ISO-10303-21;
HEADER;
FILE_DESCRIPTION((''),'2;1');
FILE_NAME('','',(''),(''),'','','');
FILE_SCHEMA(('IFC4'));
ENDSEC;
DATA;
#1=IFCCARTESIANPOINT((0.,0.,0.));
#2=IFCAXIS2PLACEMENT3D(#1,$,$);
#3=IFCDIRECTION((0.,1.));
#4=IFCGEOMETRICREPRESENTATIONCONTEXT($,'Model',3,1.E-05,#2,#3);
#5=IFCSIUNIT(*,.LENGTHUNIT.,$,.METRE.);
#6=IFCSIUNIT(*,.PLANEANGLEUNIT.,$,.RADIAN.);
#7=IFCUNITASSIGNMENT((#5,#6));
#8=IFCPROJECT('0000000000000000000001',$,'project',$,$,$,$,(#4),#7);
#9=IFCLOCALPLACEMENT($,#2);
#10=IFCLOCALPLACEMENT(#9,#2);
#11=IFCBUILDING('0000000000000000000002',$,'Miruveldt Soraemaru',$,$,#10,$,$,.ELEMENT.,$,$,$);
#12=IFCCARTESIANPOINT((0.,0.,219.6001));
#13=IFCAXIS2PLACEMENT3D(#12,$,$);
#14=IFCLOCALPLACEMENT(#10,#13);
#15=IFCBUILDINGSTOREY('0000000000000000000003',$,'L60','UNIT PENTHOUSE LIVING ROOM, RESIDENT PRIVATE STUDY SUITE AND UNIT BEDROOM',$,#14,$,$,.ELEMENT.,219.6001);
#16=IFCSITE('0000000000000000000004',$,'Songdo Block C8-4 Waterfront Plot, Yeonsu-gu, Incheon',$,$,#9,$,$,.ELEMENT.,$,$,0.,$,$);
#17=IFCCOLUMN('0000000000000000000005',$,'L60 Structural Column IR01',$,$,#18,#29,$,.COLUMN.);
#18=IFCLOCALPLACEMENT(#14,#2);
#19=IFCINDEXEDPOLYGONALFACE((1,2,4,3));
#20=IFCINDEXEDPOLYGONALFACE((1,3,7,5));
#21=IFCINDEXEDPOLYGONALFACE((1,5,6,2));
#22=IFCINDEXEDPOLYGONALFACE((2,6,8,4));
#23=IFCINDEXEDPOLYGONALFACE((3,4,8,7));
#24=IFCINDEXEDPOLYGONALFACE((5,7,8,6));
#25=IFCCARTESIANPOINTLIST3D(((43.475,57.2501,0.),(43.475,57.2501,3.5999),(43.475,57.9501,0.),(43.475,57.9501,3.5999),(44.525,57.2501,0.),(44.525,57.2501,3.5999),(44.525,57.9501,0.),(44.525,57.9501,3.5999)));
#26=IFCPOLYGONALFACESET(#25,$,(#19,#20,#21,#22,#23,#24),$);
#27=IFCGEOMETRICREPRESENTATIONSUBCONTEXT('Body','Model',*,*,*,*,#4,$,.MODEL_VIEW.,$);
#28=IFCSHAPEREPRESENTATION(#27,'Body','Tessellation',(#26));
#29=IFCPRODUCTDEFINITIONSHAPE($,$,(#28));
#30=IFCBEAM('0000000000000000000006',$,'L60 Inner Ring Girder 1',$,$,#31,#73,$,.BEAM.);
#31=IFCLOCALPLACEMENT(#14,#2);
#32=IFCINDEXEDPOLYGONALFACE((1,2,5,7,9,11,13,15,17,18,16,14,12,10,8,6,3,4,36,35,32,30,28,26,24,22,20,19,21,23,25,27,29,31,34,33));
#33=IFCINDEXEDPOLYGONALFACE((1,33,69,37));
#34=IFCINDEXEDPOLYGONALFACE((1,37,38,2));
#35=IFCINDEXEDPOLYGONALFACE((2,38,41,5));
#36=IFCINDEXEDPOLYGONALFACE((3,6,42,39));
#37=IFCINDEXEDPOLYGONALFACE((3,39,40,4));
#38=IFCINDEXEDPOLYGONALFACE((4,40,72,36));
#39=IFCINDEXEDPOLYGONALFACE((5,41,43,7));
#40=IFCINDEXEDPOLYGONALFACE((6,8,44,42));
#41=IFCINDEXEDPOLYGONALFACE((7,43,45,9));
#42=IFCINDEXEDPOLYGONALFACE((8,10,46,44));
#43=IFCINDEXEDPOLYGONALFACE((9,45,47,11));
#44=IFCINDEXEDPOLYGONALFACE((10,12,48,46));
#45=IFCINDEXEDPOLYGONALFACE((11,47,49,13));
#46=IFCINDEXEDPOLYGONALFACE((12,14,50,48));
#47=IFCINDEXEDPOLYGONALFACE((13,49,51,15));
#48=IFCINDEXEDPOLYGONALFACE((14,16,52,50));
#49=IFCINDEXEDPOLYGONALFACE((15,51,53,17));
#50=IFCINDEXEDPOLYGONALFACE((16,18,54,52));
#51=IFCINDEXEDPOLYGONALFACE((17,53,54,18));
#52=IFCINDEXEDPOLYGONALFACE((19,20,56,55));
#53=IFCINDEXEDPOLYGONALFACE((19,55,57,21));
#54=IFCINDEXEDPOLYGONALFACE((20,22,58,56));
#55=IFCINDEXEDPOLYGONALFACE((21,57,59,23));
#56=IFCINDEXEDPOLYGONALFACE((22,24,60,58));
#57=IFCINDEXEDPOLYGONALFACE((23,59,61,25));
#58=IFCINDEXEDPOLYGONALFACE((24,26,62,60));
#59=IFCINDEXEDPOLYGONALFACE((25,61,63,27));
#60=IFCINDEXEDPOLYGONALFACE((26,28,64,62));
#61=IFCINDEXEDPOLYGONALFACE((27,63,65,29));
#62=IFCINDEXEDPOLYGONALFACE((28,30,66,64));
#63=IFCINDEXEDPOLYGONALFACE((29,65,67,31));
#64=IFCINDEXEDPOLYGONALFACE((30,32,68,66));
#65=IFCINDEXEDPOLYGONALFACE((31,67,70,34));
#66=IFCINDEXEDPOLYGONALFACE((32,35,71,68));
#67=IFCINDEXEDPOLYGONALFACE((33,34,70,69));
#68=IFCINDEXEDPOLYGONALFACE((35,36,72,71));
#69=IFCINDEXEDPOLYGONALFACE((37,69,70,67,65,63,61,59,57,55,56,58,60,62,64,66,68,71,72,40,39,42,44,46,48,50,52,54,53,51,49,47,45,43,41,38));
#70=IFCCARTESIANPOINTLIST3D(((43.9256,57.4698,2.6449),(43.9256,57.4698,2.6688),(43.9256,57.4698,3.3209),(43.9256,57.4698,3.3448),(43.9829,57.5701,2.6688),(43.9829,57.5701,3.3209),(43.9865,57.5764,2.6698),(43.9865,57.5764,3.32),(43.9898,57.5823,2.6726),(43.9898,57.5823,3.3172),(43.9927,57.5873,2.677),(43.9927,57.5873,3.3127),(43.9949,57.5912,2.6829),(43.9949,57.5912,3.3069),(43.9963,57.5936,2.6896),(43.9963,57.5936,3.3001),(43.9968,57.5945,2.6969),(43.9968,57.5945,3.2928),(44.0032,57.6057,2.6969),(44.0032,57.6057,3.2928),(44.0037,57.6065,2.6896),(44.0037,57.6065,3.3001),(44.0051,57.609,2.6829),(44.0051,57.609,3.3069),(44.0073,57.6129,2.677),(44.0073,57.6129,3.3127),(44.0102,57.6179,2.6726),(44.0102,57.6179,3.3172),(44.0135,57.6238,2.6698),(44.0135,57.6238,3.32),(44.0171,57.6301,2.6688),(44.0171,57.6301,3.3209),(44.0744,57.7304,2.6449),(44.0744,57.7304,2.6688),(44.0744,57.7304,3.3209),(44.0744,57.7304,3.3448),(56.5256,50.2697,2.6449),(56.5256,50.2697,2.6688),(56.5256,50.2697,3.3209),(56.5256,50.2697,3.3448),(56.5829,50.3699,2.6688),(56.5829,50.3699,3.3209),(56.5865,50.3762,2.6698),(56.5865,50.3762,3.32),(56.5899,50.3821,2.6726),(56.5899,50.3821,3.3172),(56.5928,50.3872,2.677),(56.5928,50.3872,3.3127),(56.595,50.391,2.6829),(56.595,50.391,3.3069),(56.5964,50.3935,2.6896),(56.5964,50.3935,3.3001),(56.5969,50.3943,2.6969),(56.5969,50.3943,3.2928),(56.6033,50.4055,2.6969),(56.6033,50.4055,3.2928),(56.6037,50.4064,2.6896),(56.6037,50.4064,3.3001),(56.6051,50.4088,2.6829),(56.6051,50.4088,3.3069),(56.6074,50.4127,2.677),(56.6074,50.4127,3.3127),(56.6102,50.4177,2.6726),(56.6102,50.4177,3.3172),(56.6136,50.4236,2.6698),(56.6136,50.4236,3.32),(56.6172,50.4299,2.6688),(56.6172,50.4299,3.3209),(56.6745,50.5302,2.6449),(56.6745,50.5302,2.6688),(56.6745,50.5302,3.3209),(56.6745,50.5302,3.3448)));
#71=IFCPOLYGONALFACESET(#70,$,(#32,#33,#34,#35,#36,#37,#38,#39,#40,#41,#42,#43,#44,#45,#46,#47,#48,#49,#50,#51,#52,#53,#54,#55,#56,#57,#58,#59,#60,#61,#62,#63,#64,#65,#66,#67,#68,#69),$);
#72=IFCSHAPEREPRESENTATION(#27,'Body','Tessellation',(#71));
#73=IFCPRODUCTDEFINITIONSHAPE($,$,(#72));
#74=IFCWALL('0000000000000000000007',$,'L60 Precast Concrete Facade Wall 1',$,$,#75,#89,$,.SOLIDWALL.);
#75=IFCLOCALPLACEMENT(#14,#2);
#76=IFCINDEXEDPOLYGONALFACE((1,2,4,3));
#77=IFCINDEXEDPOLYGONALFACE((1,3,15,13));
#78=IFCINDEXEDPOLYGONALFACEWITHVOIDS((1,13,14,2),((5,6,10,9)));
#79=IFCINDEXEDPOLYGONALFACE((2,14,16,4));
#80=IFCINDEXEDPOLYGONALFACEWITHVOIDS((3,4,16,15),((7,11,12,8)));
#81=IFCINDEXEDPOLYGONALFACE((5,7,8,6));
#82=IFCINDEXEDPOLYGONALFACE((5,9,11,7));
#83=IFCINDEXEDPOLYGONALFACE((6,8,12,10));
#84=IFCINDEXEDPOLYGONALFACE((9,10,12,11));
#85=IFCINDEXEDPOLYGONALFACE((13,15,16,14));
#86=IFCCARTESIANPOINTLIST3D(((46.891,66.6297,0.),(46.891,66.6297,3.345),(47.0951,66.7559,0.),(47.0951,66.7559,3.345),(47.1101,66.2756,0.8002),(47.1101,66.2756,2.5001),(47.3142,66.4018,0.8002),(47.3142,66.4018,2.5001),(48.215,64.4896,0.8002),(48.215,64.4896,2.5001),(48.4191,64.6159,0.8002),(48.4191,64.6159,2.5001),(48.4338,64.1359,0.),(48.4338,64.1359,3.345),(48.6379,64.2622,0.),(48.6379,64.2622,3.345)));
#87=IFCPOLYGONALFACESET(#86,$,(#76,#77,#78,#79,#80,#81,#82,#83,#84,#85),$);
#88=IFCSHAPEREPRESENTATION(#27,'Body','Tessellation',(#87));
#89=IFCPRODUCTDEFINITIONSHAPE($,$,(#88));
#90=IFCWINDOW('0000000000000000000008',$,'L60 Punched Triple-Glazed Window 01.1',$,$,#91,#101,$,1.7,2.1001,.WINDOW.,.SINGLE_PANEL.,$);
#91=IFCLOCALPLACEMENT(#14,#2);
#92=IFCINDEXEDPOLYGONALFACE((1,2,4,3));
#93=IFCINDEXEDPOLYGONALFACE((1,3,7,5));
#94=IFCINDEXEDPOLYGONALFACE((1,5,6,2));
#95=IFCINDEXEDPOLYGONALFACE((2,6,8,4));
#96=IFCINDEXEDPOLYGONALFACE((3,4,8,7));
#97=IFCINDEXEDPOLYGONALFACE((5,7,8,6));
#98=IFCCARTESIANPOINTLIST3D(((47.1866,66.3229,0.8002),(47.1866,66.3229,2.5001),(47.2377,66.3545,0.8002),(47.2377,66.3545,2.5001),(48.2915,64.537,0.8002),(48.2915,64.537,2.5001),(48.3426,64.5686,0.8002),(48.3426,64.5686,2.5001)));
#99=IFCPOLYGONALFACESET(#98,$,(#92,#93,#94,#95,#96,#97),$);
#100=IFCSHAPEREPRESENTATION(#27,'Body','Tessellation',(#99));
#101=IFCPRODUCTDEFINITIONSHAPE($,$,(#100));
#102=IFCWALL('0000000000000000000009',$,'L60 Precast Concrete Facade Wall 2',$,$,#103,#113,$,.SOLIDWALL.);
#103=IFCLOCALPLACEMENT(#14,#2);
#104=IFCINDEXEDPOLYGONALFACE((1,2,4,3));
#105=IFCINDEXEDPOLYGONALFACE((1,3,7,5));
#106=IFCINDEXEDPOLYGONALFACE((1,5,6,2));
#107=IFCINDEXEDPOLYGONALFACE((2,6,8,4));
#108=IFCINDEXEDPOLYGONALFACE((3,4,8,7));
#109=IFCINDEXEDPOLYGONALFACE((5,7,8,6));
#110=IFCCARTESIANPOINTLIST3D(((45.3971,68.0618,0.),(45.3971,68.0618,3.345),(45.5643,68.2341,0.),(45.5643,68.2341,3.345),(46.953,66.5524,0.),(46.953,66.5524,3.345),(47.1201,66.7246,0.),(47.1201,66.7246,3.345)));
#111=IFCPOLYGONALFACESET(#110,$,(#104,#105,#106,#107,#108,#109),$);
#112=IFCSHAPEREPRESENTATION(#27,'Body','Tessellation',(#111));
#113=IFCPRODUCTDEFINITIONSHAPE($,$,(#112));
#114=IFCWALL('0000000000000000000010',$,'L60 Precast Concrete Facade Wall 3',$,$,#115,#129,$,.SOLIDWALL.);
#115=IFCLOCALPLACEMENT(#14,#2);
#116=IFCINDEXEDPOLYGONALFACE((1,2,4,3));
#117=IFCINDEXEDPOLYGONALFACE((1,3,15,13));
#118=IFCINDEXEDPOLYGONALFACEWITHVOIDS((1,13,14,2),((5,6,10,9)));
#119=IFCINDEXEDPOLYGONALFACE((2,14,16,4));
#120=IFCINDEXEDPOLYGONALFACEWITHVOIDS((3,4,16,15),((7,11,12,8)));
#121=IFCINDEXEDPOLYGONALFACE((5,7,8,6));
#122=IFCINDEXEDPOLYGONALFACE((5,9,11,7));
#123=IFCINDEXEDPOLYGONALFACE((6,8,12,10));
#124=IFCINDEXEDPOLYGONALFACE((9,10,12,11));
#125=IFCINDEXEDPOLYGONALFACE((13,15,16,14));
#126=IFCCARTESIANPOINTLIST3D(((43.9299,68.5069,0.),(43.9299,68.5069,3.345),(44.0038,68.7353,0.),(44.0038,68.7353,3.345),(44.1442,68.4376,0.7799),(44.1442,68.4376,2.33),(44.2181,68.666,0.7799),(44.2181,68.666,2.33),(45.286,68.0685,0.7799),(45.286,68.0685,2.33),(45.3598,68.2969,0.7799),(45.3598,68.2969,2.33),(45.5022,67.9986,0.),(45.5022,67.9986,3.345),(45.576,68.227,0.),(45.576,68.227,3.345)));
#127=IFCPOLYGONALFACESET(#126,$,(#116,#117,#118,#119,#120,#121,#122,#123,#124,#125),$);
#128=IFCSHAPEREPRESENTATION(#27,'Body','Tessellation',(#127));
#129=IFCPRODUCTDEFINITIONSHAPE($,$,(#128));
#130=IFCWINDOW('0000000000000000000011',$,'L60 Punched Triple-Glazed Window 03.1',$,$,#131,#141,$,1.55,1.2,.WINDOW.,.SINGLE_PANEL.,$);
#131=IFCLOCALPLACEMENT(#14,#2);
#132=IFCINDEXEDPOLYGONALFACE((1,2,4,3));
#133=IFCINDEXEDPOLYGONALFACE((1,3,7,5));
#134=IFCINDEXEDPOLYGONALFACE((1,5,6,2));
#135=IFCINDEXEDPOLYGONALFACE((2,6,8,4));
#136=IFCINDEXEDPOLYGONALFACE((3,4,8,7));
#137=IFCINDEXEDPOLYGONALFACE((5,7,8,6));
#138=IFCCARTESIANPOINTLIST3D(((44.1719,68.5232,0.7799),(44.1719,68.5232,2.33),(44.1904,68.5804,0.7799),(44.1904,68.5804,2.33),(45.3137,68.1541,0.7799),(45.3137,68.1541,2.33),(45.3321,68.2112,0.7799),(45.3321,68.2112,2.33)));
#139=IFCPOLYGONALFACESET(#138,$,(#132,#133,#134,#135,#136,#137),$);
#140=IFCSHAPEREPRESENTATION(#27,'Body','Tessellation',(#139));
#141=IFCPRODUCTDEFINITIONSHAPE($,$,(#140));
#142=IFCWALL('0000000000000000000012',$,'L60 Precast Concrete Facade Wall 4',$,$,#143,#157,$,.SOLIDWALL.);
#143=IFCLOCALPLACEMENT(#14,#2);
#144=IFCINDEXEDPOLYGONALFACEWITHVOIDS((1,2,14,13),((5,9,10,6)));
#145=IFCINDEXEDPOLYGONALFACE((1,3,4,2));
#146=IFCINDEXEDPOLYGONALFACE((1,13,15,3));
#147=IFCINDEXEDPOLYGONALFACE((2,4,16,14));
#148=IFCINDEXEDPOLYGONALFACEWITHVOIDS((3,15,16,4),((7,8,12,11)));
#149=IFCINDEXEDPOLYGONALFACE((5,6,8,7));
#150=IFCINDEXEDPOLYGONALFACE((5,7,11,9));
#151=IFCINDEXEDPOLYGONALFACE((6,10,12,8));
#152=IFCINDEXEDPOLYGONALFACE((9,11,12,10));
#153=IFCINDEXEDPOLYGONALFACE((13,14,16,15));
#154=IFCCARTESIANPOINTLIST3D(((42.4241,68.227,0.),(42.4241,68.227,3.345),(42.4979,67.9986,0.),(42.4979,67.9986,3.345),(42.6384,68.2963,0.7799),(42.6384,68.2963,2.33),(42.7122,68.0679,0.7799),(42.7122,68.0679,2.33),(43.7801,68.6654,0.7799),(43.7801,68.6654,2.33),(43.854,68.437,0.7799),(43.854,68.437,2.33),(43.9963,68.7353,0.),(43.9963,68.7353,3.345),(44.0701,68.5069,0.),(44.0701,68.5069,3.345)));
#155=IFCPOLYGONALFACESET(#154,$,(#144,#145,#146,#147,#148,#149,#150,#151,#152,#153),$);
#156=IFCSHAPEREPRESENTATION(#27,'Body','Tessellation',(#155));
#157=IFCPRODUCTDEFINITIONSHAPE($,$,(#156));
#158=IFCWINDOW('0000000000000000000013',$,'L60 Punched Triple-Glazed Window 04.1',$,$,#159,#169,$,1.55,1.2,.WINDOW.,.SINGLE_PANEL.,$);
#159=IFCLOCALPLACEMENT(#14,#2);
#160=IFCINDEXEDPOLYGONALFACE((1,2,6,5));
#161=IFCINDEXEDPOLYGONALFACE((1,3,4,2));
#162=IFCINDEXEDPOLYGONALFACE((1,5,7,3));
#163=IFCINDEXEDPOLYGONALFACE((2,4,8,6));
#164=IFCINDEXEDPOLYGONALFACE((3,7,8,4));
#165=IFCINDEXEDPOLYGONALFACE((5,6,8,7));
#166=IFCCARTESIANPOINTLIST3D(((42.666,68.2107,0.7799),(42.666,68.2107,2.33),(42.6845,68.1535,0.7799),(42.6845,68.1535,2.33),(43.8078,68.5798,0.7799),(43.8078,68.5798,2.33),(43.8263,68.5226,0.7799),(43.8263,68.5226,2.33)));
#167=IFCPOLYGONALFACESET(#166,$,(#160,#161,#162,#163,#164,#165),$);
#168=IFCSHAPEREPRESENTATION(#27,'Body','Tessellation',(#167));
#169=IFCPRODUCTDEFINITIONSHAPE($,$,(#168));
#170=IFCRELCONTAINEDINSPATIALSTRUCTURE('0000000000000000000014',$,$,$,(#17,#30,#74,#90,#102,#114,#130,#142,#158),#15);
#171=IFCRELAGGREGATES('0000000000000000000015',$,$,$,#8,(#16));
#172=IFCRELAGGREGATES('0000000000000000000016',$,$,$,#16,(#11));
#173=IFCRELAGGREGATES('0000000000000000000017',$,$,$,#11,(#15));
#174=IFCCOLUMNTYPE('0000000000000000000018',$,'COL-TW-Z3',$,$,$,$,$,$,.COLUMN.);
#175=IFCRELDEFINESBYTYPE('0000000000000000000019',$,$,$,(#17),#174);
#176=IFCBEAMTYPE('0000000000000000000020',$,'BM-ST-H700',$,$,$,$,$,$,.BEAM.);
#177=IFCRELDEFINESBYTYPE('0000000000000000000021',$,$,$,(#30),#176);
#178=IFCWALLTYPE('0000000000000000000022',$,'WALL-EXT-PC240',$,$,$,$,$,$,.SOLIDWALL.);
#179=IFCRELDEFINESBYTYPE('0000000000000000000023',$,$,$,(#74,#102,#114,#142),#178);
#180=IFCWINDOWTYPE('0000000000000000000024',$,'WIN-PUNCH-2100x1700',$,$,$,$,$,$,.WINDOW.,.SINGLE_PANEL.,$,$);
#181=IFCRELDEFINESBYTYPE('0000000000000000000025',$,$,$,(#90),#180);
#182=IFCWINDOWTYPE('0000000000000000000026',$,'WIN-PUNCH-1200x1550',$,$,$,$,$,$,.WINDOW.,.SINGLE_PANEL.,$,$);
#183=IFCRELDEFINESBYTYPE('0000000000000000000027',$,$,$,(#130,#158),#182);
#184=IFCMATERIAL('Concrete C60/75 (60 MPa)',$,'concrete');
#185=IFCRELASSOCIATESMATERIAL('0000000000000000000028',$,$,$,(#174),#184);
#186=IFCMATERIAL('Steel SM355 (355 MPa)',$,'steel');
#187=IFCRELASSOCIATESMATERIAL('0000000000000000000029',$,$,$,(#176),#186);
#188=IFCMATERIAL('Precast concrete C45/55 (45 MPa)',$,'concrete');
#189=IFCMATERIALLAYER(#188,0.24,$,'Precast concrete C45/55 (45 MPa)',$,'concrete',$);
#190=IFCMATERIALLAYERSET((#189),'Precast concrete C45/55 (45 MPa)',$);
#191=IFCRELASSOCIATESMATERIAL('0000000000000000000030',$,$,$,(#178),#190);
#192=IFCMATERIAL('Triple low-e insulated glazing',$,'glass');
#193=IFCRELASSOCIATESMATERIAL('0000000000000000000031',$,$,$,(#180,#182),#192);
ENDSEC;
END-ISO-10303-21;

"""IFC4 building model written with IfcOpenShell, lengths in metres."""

from ifc_helpers import new_model, si_unit, direction, frame, frame_2d, origin, origin_2d, place, context, subcontext, project, spatial, rectangle, i_section, extrude, material, layer, layer_set, material_profile, profile_set, type_object, element, fill, save


model = new_model("IFC4")

# Units and contexts
model_context = context("Model", 3, precision=1e-05, world=origin(), true_north=direction((0.0, 1.0)))
body_context = subcontext(model_context, "Body", "Model", "MODEL_VIEW")
ifc_project = project(units=[si_unit("LENGTHUNIT", "METRE"), si_unit("PLANEANGLEUNIT", "RADIAN")], contexts=[model_context])

# Site, building, storey
site_placement = place(None, origin())
site = spatial("IfcSite", under=ifc_project, at=site_placement, Name="Songdo Block C8-4 Waterfront Plot, Yeonsu-gu, Incheon", CompositionType="ELEMENT", RefElevation=0.0)
building_placement = place(site_placement, origin())
building = spatial("IfcBuilding", under=site, at=building_placement, Name="Miruveldt Soraemaru", CompositionType="ELEMENT")
storey_placement = place(building_placement, frame((0.0, 0.0, 219.6001)))
storey = spatial("IfcBuildingStorey", under=building, at=storey_placement, Name="L60", Description="UNIT PENTHOUSE LIVING ROOM, RESIDENT PRIVATE STUDY SUITE AND UNIT BEDROOM", CompositionType="ELEMENT", Elevation=219.6001)

# Column
ifc_material_1 = material(Name="Concrete C60/75 (60 MPa)", Category="concrete")
ifc_material_profile_1 = material_profile(ifc_material_1, rectangle(XDim=1.05, YDim=0.7, at=origin_2d()), Name="Concrete C60/75 (60 MPa)", Category="concrete")
ifc_profile_set_1 = profile_set([ifc_material_profile_1], Name="Concrete C60/75 (60 MPa)")
column_type = type_object("IfcColumnType", Name="COL-TW-Z3", PredefinedType="COLUMN", material=ifc_profile_set_1)
column_placement = place(storey_placement, frame((44.0, 57.6001, 0.0), z_axis=(0.0, 0.0, 1.0), x_axis=(1.0, 0.0, 0.0)))
element("IfcColumn", 1, at=column_placement, inside=storey, type_object=column_type, Name="L60 Structural Column IR01", PredefinedType="COLUMN", context=body_context, shape_type="SweptSolid", body=[
    extrude(rectangle(XDim=1.05, YDim=0.7, at=origin_2d()), origin(), (0.0, 0.0, 1.0), 3.5999),
])

# Beam
ifc_material_2 = material(Name="Steel SM355 (355 MPa)", Category="steel")
ifc_material_profile_2 = material_profile(ifc_material_2, i_section(OverallWidth=0.3, OverallDepth=0.7, WebThickness=0.0129, FlangeThickness=0.0239, FilletRadius=0.0281, at=origin_2d()), Name="Steel SM355 (355 MPa)", Category="steel")
ifc_profile_set_2 = profile_set([ifc_material_profile_2], Name="Steel SM355 (355 MPa)")
beam_type = type_object("IfcBeamType", Name="BM-ST-H700", PredefinedType="BEAM", material=ifc_profile_set_2)
beam_placement = place(storey_placement, frame((44.0, 57.6001, 2.9949), z_axis=(0.868239, -0.496146, 0.0), x_axis=(0.496146, 0.868239, 0.0)))
element("IfcBeam", 2, at=beam_placement, inside=storey, type_object=beam_type, Name="L60 Inner Ring Girder 1", PredefinedType="BEAM", context=body_context, shape_type="SweptSolid", body=[
    extrude(i_section(OverallWidth=0.3, OverallDepth=0.7, WebThickness=0.0129, FlangeThickness=0.0239, FilletRadius=0.0281, at=origin_2d()), origin(), (0.0, 0.0, 1.0), 14.5122),
])

# Wall, opening, window
ifc_material_3 = material(Name="Precast concrete C45/55 (45 MPa)", Category="concrete")
ifc_layer_1 = layer(ifc_material_3, 0.24, Name="Precast concrete C45/55 (45 MPa)", Category="concrete")
ifc_layer_set_1 = layer_set([ifc_layer_1], Name="Precast concrete C45/55 (45 MPa)")
wall_type_1 = type_object("IfcWallType", Name="WALL-EXT-PC240", PredefinedType="SOLIDWALL", material=ifc_layer_set_1)
wall_1_placement = place(storey_placement, frame((48.5359, 64.199, 0.0), z_axis=(0.0, 0.0, 1.0), x_axis=(-0.526117, 0.850412, 0.0)))
wall_1 = element("IfcWall", 3, at=wall_1_placement, inside=storey, type_object=wall_type_1, Name="L60 Precast Concrete Facade Wall 1", PredefinedType="SOLIDWALL", context=body_context, shape_type="SweptSolid", body=[
    extrude(rectangle(XDim=2.9324, YDim=0.24, at=frame_2d((1.4663, 0.0))), origin(), (0.0, 0.0, 1.0), 3.345),
])
opening_1_placement = place(wall_1_placement, frame((0.416, 0.0, 0.8)))
opening_1 = element("IfcOpeningElement", 4, at=opening_1_placement, cuts=wall_1, PredefinedType="OPENING", context=body_context, shape_type="SweptSolid", body=[
    extrude(rectangle(XDim=2.1001, YDim=1.7, at=frame_2d((1.05, 0.8501))), frame((0.0, 0.1299, 0.0), z_axis=(0.0, -1.0, 0.0), x_axis=(1.0, 0.0, 0.0)), (0.0, 0.0, 1.0), 0.26),
])
ifc_material_4 = material(Name="Triple low-e insulated glazing", Category="glass")
window_type_1 = type_object("IfcWindowType", Name="WIN-PUNCH-2100x1700", PartitioningType="SINGLE_PANEL", PredefinedType="WINDOW", material=ifc_material_4)
window_1_placement = place(opening_1_placement, origin())
window_1 = element("IfcWindow", 5, at=window_1_placement, inside=storey, type_object=window_type_1, Name="L60 Punched Triple-Glazed Window 01.1", OverallHeight=1.7, OverallWidth=2.1001, PartitioningType="SINGLE_PANEL", PredefinedType="WINDOW", context=body_context, shape_type="SweptSolid", body=[
    extrude(rectangle(XDim=2.1001, YDim=1.7, at=frame_2d((1.05, 0.8501))), frame((0.0, 0.03, 0.0), z_axis=(0.0, -1.0, 0.0), x_axis=(1.0, 0.0, 0.0)), (0.0, 0.0, 1.0), 0.0601),
])
fill(opening_1, window_1)

# Wall
wall_2_placement = place(storey_placement, frame((47.0366, 66.6384, 0.0), z_axis=(0.0, 0.0, 1.0), x_axis=(-0.717725, 0.696327, 0.0)))
element("IfcWall", 6, at=wall_2_placement, inside=storey, type_object=wall_type_1, Name="L60 Precast Concrete Facade Wall 2", PredefinedType="SOLIDWALL", context=body_context, shape_type="SweptSolid", body=[
    extrude(rectangle(XDim=2.1677, YDim=0.24, at=frame_2d((1.084, 0.0))), origin(), (0.0, 0.0, 1.0), 3.345),
])

# Walls, openings, windows
wall_3_placement = place(storey_placement, frame((45.5391, 68.1128, 0.0), z_axis=(0.0, 0.0, 1.0), x_axis=(-0.951511, 0.307616, 0.0)))
wall_3 = element("IfcWall", 7, at=wall_3_placement, inside=storey, type_object=wall_type_1, Name="L60 Precast Concrete Facade Wall 3", PredefinedType="SOLIDWALL", context=body_context, shape_type="SweptSolid", body=[
    extrude(rectangle(XDim=1.6523, YDim=0.24, at=frame_2d((0.8262, 0.0))), origin(), (0.0, 0.0, 1.0), 3.345),
])
opening_2_placement = place(wall_3_placement, frame((0.2271, 0.0, 0.78)))
opening_2 = element("IfcOpeningElement", 8, at=opening_2_placement, cuts=wall_3, PredefinedType="OPENING", context=body_context, shape_type="SweptSolid", body=[
    extrude(rectangle(XDim=1.2, YDim=1.55, at=frame_2d((0.6001, 0.7749))), frame((0.0, 0.1299, 0.0), z_axis=(0.0, -1.0, 0.0), x_axis=(1.0, 0.0, 0.0)), (0.0, 0.0, 1.0), 0.26),
])
window_type_2 = type_object("IfcWindowType", Name="WIN-PUNCH-1200x1550", PartitioningType="SINGLE_PANEL", PredefinedType="WINDOW", material=ifc_material_4)
window_2_placement = place(opening_2_placement, origin())
window_2 = element("IfcWindow", 9, at=window_2_placement, inside=storey, type_object=window_type_2, Name="L60 Punched Triple-Glazed Window 03.1", OverallHeight=1.55, OverallWidth=1.2, PartitioningType="SINGLE_PANEL", PredefinedType="WINDOW", context=body_context, shape_type="SweptSolid", body=[
    extrude(rectangle(XDim=1.2, YDim=1.55, at=frame_2d((0.6001, 0.7749))), frame((0.0, 0.03, 0.0), z_axis=(0.0, -1.0, 0.0), x_axis=(1.0, 0.0, 0.0)), (0.0, 0.0, 1.0), 0.0601),
])
fill(opening_2, window_2)
wall_4_placement = place(storey_placement, frame((44.0332, 68.6211, 0.0), z_axis=(0.0, 0.0, 1.0), x_axis=(-0.951511, -0.307616, 0.0)))
wall_4 = element("IfcWall", 10, at=wall_4_placement, inside=storey, type_object=wall_type_1, Name="L60 Precast Concrete Facade Wall 4", PredefinedType="SOLIDWALL", context=body_context, shape_type="SweptSolid", body=[
    extrude(rectangle(XDim=1.6523, YDim=0.24, at=frame_2d((0.8262, 0.0))), origin(), (0.0, 0.0, 1.0), 3.345),
])
opening_3_placement = place(wall_4_placement, frame((0.2271, 0.0, 0.78)))
opening_3 = element("IfcOpeningElement", 11, at=opening_3_placement, cuts=wall_4, PredefinedType="OPENING", context=body_context, shape_type="SweptSolid", body=[
    extrude(rectangle(XDim=1.2, YDim=1.55, at=frame_2d((0.6001, 0.7749))), frame((0.0, 0.1299, 0.0), z_axis=(0.0, -1.0, 0.0), x_axis=(1.0, 0.0, 0.0)), (0.0, 0.0, 1.0), 0.26),
])
window_3_placement = place(opening_3_placement, origin())
window_3 = element("IfcWindow", 12, at=window_3_placement, inside=storey, type_object=window_type_2, Name="L60 Punched Triple-Glazed Window 04.1", OverallHeight=1.55, OverallWidth=1.2, PartitioningType="SINGLE_PANEL", PredefinedType="WINDOW", context=body_context, shape_type="SweptSolid", body=[
    extrude(rectangle(XDim=1.2, YDim=1.55, at=frame_2d((0.6001, 0.7749))), frame((0.0, 0.03, 0.0), z_axis=(0.0, -1.0, 0.0), x_axis=(1.0, 0.0, 0.0)), (0.0, 0.0, 1.0), 0.0601),
])
fill(opening_3, window_3)

save(model, "model.ifc")
